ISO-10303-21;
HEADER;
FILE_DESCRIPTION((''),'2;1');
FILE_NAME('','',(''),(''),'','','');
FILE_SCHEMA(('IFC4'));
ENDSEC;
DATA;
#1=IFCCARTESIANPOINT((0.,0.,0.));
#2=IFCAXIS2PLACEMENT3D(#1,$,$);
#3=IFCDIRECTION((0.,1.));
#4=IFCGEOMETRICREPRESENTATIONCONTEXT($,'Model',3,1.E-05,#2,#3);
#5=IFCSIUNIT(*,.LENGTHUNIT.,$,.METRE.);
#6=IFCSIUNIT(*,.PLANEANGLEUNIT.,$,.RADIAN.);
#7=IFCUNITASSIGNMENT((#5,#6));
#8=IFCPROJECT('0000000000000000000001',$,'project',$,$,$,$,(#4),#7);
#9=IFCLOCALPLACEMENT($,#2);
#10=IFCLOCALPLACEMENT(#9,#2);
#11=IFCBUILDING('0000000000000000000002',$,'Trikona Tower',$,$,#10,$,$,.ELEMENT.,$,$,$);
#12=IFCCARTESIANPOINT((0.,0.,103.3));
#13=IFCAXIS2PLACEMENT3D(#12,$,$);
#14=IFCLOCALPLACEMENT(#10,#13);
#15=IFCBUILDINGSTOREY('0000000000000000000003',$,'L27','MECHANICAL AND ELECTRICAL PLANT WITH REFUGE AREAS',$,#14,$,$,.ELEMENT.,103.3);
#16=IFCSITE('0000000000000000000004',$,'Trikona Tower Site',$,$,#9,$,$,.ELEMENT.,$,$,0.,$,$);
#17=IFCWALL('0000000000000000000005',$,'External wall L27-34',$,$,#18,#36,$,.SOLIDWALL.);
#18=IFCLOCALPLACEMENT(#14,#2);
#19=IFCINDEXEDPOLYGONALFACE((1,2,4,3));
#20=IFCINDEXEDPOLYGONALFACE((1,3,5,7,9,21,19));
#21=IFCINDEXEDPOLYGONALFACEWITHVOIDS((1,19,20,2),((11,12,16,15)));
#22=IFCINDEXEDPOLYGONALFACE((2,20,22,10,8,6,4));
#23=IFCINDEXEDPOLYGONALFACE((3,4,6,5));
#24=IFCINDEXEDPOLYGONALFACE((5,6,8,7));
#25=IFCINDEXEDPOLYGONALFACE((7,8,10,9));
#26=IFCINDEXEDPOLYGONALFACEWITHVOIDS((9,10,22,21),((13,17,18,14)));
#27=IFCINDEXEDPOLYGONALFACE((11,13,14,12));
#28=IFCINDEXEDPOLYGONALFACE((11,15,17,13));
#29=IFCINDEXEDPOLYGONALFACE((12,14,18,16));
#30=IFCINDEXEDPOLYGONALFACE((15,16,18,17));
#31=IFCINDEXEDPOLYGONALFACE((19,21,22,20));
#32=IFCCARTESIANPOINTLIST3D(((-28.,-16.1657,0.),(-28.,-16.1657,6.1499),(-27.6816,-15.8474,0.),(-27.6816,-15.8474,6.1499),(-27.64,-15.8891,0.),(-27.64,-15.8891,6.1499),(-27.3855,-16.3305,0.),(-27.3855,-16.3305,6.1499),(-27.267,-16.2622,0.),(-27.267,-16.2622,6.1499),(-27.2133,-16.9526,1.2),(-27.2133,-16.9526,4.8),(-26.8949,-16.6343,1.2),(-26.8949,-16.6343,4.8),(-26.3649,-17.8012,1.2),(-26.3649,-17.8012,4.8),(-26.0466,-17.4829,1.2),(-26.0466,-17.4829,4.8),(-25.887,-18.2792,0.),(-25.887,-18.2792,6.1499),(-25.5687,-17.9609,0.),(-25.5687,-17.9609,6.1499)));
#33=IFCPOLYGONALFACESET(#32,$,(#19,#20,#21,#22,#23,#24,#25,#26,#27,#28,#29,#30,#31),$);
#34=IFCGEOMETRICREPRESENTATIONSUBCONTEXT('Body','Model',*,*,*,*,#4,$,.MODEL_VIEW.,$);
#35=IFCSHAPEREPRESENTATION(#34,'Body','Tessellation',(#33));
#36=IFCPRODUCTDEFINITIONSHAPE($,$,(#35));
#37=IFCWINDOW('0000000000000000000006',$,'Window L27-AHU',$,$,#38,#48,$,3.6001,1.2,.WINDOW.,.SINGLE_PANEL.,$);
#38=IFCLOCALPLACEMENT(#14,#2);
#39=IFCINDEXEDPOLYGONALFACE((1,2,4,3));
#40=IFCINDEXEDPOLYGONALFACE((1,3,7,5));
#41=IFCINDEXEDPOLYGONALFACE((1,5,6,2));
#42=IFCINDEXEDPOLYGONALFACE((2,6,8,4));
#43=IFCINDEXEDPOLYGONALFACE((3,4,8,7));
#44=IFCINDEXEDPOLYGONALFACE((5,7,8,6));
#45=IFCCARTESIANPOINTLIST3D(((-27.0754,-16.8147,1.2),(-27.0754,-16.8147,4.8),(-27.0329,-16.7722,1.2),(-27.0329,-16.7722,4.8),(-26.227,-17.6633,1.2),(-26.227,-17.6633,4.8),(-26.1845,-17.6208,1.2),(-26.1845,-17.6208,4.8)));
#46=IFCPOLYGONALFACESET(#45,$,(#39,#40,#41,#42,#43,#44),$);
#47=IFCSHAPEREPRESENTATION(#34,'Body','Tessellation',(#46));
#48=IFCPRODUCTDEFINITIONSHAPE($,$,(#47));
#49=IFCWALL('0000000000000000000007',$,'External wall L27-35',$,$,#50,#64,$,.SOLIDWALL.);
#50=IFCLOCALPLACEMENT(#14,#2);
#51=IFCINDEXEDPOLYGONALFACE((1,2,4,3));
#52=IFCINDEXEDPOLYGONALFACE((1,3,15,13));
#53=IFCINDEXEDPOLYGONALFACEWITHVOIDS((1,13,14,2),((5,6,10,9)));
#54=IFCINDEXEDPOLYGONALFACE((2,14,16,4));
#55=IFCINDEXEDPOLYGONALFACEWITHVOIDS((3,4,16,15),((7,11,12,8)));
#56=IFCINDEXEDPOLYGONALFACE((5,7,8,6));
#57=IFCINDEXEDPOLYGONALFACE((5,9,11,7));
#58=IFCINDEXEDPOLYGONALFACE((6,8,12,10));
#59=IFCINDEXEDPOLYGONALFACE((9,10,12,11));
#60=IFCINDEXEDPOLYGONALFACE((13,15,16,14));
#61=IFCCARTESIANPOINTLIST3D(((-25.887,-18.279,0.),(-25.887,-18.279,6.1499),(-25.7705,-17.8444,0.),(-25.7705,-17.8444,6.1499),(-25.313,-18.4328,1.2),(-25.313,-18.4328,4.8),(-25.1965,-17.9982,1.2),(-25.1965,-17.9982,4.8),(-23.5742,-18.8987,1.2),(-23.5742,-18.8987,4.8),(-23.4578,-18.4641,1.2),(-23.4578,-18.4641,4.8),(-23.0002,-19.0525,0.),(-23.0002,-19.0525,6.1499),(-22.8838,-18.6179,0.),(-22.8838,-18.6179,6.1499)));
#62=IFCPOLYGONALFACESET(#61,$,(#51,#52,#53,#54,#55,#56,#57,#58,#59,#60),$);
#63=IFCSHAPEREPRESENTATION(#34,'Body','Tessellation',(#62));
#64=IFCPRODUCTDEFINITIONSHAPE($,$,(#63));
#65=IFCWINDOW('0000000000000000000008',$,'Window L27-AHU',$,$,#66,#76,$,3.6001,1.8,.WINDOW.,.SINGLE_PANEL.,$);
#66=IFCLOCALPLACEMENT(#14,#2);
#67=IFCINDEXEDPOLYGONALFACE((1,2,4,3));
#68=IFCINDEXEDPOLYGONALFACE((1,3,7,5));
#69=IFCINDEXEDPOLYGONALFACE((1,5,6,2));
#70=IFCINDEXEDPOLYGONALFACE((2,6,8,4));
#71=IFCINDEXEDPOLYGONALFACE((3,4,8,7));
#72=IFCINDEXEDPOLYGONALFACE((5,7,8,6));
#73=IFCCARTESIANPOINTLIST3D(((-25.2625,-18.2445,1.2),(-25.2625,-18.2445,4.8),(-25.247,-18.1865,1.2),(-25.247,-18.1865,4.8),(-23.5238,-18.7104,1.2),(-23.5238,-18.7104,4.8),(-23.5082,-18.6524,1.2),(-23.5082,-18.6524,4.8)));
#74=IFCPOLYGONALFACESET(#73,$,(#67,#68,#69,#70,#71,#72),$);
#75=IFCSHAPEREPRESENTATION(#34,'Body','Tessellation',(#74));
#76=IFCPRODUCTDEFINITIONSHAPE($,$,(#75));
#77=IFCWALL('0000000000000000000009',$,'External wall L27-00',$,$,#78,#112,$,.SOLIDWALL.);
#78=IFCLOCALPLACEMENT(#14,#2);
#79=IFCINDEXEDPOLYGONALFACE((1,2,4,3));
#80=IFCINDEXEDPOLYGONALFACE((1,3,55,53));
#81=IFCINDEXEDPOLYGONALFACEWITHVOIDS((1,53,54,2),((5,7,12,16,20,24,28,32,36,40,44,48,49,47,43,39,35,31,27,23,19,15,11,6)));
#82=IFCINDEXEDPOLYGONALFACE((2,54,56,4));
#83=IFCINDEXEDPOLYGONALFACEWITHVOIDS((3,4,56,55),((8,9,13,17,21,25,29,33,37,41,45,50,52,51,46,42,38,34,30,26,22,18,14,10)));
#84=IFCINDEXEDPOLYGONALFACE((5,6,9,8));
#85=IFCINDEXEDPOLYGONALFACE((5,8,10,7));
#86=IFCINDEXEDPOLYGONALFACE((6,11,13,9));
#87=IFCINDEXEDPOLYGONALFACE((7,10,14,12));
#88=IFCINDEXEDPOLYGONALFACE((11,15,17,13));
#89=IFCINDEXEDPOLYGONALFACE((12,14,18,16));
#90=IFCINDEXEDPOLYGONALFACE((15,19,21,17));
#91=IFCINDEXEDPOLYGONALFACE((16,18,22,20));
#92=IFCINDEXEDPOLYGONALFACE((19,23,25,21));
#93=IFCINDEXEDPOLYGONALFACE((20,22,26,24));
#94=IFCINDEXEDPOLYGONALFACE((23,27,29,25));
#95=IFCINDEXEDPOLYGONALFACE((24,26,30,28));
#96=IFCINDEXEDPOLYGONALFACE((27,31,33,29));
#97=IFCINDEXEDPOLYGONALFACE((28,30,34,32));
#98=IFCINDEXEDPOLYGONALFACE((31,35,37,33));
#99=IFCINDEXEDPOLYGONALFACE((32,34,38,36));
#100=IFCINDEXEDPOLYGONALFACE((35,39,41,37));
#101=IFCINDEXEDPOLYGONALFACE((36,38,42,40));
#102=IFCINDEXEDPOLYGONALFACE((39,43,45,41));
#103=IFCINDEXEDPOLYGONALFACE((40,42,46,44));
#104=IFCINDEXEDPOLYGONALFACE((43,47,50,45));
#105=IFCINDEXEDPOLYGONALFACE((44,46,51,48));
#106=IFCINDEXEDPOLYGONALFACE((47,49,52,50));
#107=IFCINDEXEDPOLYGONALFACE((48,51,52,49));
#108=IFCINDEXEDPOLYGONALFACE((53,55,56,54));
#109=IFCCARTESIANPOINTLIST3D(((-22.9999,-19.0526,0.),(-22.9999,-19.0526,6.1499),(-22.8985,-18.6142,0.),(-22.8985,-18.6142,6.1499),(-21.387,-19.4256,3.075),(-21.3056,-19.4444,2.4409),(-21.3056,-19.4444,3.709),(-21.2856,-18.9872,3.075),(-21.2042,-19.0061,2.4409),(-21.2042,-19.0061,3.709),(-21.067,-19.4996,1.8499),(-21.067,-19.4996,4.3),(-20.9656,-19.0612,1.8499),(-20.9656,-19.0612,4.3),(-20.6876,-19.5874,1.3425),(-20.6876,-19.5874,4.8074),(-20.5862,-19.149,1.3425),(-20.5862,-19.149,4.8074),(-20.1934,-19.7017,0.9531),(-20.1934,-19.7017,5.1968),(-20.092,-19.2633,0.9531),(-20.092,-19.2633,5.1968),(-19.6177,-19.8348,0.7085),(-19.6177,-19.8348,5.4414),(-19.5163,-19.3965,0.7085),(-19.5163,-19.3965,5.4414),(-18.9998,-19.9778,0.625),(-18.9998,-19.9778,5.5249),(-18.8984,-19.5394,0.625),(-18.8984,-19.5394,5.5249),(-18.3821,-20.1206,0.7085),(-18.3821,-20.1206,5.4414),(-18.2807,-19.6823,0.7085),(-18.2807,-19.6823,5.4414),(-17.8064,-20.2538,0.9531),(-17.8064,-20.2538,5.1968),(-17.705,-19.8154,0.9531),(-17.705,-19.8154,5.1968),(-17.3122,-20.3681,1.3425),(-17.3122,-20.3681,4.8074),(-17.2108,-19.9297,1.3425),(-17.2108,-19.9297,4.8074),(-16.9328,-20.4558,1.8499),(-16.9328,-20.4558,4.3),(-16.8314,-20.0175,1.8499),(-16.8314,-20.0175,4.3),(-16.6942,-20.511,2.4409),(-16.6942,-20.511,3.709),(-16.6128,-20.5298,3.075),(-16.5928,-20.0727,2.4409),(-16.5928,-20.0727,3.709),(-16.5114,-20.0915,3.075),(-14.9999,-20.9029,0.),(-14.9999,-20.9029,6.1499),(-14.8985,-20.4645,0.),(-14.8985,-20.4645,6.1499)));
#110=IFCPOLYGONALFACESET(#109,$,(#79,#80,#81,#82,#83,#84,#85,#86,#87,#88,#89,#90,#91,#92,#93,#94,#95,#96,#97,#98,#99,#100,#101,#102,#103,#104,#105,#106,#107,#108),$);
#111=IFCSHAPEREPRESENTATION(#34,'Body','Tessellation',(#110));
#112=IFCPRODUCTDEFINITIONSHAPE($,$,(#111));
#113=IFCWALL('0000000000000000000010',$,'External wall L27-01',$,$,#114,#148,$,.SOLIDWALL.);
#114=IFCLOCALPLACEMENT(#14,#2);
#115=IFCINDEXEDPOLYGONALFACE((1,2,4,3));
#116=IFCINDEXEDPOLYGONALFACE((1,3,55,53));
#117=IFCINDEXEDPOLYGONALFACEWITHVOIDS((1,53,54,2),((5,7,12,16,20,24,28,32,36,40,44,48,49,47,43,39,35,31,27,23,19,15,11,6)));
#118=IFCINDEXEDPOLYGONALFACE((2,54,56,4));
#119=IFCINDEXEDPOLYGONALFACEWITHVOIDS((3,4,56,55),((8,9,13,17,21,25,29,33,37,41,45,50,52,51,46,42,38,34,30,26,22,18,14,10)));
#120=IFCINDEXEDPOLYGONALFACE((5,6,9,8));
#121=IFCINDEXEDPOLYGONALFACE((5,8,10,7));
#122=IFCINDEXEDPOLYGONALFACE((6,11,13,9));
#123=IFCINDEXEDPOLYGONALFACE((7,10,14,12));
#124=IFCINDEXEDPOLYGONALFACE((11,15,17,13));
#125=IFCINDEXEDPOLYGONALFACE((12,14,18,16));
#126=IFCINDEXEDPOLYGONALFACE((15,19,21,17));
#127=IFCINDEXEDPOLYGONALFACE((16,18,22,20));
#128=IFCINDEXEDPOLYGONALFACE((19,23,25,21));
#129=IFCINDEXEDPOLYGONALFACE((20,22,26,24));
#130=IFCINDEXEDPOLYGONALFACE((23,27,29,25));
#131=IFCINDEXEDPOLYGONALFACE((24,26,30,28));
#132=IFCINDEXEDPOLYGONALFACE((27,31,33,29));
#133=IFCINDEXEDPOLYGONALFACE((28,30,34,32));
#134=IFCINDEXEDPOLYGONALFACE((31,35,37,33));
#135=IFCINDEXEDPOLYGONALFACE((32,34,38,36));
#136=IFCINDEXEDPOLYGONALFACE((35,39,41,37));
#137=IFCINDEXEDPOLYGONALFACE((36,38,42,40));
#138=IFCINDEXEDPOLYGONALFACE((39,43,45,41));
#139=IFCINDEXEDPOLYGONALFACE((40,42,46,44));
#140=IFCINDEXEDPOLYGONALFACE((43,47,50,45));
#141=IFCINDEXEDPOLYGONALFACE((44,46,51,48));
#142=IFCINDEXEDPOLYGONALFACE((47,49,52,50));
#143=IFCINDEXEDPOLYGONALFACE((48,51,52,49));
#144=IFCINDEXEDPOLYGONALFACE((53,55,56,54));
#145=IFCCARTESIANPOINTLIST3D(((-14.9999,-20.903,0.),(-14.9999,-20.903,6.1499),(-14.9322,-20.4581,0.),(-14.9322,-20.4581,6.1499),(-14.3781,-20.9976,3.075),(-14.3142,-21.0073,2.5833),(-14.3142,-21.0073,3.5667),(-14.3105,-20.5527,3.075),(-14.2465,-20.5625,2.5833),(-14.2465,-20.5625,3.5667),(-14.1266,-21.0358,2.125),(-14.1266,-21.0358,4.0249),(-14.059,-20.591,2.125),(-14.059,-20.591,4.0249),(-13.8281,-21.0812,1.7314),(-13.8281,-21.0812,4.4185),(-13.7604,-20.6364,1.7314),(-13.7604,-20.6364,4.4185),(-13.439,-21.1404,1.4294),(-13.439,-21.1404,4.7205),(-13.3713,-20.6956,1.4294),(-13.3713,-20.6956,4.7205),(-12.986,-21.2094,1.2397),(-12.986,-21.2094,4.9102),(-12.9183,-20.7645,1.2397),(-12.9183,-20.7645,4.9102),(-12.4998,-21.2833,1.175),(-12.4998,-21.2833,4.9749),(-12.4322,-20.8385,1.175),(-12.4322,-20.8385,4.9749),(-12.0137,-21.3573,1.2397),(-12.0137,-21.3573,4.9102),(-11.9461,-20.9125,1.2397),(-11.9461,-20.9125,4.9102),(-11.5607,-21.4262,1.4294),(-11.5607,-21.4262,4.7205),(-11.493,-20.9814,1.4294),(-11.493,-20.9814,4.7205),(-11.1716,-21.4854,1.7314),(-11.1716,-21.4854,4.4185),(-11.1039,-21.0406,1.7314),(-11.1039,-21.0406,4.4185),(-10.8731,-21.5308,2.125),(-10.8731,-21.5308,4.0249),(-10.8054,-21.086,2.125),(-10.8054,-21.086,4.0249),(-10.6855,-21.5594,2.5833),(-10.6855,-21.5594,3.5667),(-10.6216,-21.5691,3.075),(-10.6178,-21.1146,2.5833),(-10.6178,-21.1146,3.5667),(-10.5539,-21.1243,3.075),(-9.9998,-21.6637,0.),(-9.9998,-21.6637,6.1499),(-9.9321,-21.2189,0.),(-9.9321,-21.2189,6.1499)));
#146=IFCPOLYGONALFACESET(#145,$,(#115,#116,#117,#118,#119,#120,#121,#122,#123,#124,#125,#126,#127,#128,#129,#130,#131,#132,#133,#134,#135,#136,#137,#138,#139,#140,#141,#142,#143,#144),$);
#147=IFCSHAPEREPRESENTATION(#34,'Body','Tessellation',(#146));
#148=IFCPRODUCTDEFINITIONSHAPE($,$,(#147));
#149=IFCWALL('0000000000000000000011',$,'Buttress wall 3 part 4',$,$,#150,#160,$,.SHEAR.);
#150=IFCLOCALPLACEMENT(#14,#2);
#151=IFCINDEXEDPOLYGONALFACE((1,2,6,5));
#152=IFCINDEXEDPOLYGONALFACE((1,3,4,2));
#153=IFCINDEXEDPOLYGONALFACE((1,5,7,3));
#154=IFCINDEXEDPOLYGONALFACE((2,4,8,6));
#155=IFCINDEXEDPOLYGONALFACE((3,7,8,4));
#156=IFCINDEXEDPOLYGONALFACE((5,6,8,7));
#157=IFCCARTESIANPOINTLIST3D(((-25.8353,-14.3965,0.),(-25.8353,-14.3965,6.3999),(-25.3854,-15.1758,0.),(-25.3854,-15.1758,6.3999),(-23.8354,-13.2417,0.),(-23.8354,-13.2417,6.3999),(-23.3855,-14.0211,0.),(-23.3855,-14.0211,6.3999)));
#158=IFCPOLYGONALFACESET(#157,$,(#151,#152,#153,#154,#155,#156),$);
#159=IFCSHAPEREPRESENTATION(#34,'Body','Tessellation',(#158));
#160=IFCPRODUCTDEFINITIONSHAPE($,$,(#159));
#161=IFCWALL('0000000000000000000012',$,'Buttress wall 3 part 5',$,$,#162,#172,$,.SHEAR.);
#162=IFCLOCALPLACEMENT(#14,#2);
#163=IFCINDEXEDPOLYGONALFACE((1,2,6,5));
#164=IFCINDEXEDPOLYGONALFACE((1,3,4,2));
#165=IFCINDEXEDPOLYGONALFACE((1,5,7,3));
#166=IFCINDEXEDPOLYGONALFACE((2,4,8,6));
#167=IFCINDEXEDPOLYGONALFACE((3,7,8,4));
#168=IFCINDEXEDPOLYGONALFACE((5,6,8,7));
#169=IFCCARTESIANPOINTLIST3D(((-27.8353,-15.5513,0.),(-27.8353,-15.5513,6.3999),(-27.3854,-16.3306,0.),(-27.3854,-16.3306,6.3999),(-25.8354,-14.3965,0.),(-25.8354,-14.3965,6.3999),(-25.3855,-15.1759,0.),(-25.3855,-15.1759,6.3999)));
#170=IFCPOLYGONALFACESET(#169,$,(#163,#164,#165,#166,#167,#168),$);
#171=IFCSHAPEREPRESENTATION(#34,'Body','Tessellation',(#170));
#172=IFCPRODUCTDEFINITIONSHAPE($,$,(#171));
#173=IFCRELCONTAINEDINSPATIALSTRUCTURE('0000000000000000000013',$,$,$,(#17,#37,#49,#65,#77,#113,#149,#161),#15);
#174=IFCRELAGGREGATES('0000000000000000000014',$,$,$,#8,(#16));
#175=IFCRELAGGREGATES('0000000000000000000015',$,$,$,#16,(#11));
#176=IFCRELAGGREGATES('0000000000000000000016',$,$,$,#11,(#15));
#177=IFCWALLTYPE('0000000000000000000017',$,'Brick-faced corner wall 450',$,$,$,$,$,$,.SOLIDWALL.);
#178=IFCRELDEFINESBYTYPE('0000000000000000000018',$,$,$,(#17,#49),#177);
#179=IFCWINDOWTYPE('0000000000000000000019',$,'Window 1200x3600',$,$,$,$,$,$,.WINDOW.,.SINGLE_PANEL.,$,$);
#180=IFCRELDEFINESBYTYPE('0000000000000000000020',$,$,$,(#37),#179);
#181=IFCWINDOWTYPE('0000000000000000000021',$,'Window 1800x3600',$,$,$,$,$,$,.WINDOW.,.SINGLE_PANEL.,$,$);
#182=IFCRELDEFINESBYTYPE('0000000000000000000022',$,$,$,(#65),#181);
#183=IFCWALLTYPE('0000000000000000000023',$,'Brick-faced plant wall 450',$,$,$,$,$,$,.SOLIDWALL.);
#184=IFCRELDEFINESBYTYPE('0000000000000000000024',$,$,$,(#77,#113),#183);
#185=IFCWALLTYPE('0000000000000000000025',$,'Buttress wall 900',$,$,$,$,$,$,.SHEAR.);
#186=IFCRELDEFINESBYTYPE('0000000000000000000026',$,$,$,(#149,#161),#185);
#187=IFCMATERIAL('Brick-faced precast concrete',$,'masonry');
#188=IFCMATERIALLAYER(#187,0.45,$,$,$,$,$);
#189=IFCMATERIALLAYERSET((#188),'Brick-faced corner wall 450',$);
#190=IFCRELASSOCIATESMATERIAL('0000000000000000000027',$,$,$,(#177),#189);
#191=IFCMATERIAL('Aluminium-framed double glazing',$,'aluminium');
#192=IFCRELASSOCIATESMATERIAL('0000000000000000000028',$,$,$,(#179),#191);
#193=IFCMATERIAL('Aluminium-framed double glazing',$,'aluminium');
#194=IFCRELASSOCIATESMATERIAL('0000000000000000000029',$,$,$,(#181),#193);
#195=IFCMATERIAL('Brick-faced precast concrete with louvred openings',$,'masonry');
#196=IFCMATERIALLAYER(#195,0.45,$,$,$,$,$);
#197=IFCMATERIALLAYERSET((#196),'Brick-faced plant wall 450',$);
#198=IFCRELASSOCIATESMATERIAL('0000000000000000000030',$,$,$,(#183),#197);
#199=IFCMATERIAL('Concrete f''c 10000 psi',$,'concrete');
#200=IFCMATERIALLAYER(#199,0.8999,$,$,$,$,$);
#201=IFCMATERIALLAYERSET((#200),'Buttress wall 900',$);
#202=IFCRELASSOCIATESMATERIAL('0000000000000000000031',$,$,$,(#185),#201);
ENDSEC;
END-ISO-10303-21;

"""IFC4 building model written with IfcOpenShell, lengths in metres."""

from ifc_helpers import new_model, si_unit, direction, frame, frame_2d, origin, place, context, subcontext, project, spatial, polyline, rectangle, outline, extrude, material, layer, layer_set, type_object, element, fill, save


model = new_model("IFC4")

# Units and contexts
model_context = context("Model", 3, precision=1e-05, world=origin(), true_north=direction((0.0, 1.0)))
body_context = subcontext(model_context, "Body", "Model", "MODEL_VIEW")
ifc_project = project(units=[si_unit("LENGTHUNIT", "METRE"), si_unit("PLANEANGLEUNIT", "RADIAN")], contexts=[model_context])

# Site, building, storey
site_placement = place(None, origin())
site = spatial("IfcSite", under=ifc_project, at=site_placement, Name="Trikona Tower Site", CompositionType="ELEMENT", RefElevation=0.0)
building_placement = place(site_placement, origin())
building = spatial("IfcBuilding", under=site, at=building_placement, Name="Trikona Tower", CompositionType="ELEMENT")
storey_placement = place(building_placement, frame((0.0, 0.0, 103.3)))
storey = spatial("IfcBuildingStorey", under=building, at=storey_placement, Name="L27", Description="MECHANICAL AND ELECTRICAL PLANT WITH REFUGE AREAS", CompositionType="ELEMENT", Elevation=103.3)

# Walls, openings, windows
ifc_material_1 = material(Name="Brick-faced precast concrete", Category="masonry")
ifc_layer_1 = layer(ifc_material_1, 0.45)
ifc_layer_set_1 = layer_set([ifc_layer_1], Name="Brick-faced corner wall 450")
wall_type_1 = type_object("IfcWallType", Name="Brick-faced corner wall 450", PredefinedType="SOLIDWALL", material=ifc_layer_set_1)
ifc_material_2 = material(Name="Aluminium-framed double glazing", Category="aluminium")
window_type_1 = type_object("IfcWindowType", Name="Window 1200x3600", PartitioningType="SINGLE_PANEL", PredefinedType="WINDOW", material=ifc_material_2)
wall_1_placement = place(storey_placement, frame((-27.8408, -16.0066, 0.0), z_axis=(0.0, 0.0, 1.0), x_axis=(0.707025, -0.707188, 0.0)))
wall_1 = element("IfcWall", 1, at=wall_1_placement, inside=storey, type_object=wall_type_1, Name="External wall L27-34", PredefinedType="SOLIDWALL", context=body_context, shape_type="SweptSolid", body=[
    extrude(outline(polyline([(2.9885, 0.2251), (0.5864, 0.2251), (0.551, 0.093), (0.0588, 0.2251), (0.0, 0.2251), (0.0, -0.2251), (2.9885, -0.2251), (2.9885, 0.2251)])), origin(), (0.0, 0.0, 1.0), 6.1499),
])
opening_1_placement = place(wall_1_placement, frame((1.1125, 0.0, 1.2)))
opening_1 = element("IfcOpeningElement", 2, at=opening_1_placement, cuts=wall_1, PredefinedType="OPENING", context=body_context, shape_type="SweptSolid", body=[
    extrude(rectangle(XDim=1.2, YDim=3.6001, at=frame_2d((0.6001, 1.8))), frame((0.0, 0.2349, 0.0), z_axis=(0.0, -1.0, 0.0), x_axis=(1.0, 0.0, 0.0)), (0.0, 0.0, 1.0), 0.47),
])
window_1_placement = place(opening_1_placement, origin())
window_1 = element("IfcWindow", 3, at=window_1_placement, inside=storey, type_object=window_type_1, Name="Window L27-AHU", OverallHeight=3.6001, OverallWidth=1.2, PartitioningType="SINGLE_PANEL", PredefinedType="WINDOW", context=body_context, shape_type="SweptSolid", body=[
    extrude(rectangle(XDim=1.2, YDim=3.6001, at=frame_2d((0.6001, 1.8))), frame((0.0, 0.03, 0.0), z_axis=(0.0, -1.0, 0.0), x_axis=(1.0, 0.0, 0.0)), (0.0, 0.0, 1.0), 0.0601),
])
fill(opening_1, window_1)
wall_2_placement = place(storey_placement, frame((-25.8286, -18.0618, 0.0), z_axis=(0.0, 0.0, 1.0), x_axis=(0.965931, -0.258801, 0.0)))
wall_2 = element("IfcWall", 4, at=wall_2_placement, inside=storey, type_object=wall_type_1, Name="External wall L27-35", PredefinedType="SOLIDWALL", context=body_context, shape_type="SweptSolid", body=[
    extrude(rectangle(XDim=2.9885, YDim=0.45, at=frame_2d((1.4941, 0.0))), origin(), (0.0, 0.0, 1.0), 6.1499),
])
opening_2_placement = place(wall_2_placement, frame((0.5942, 0.0, 1.2)))
opening_2 = element("IfcOpeningElement", 5, at=opening_2_placement, cuts=wall_2, PredefinedType="OPENING", context=body_context, shape_type="SweptSolid", body=[
    extrude(rectangle(XDim=1.8, YDim=3.6001, at=frame_2d((0.8999, 1.8))), frame((0.0, 0.2349, 0.0), z_axis=(0.0, -1.0, 0.0), x_axis=(1.0, 0.0, 0.0)), (0.0, 0.0, 1.0), 0.47),
])
ifc_material_3 = material(Name="Aluminium-framed double glazing", Category="aluminium")
window_type_2 = type_object("IfcWindowType", Name="Window 1800x3600", PartitioningType="SINGLE_PANEL", PredefinedType="WINDOW", material=ifc_material_3)
window_2_placement = place(opening_2_placement, origin())
window_2 = element("IfcWindow", 6, at=window_2_placement, inside=storey, type_object=window_type_2, Name="Window L27-AHU", OverallHeight=3.6001, OverallWidth=1.8, PartitioningType="SINGLE_PANEL", PredefinedType="WINDOW", context=body_context, shape_type="SweptSolid", body=[
    extrude(rectangle(XDim=1.8, YDim=3.6001, at=frame_2d((0.8999, 1.8))), frame((0.0, 0.03, 0.0), z_axis=(0.0, -1.0, 0.0), x_axis=(1.0, 0.0, 0.0)), (0.0, 0.0, 1.0), 0.0601),
])
fill(opening_2, window_2)

# Walls
ifc_material_4 = material(Name="Brick-faced precast concrete with louvred openings", Category="masonry")
ifc_layer_2 = layer(ifc_material_4, 0.45)
ifc_layer_set_2 = layer_set([ifc_layer_2], Name="Brick-faced plant wall 450")
wall_type_2 = type_object("IfcWallType", Name="Brick-faced plant wall 450", PredefinedType="SOLIDWALL", material=ifc_layer_set_2)
wall_3_placement = place(storey_placement, frame((-22.9492, -18.8335, 0.0), z_axis=(0.0, 0.0, 1.0), x_axis=(0.974279, -0.225344, 0.0)))
element("IfcWall", 7, at=wall_3_placement, inside=storey, type_object=wall_type_2, Name="External wall L27-00", PredefinedType="SOLIDWALL", context=body_context, shape_type="SweptSolid", body=[
    extrude(outline(polyline([(0.0, 0.0), (8.2112, 0.0), (8.2112, 6.1499), (0.0, 6.1499), (0.0, 0.0)]), holes=[polyline([(6.5557, 3.075), (6.4722, 3.709), (6.2273, 4.3), (5.8379, 4.8074), (5.3306, 5.1968), (4.7397, 5.4414), (4.1057, 5.5249), (3.4714, 5.4414), (2.8806, 5.1968), (2.3733, 4.8074), (1.9839, 4.3), (1.739, 3.709), (1.6555, 3.075), (1.739, 2.4409), (1.9839, 1.8499), (2.3733, 1.3425), (2.8806, 0.9531), (3.4714, 0.7085), (4.1057, 0.625), (4.7397, 0.7085), (5.3306, 0.9531), (5.8379, 1.3425), (6.2273, 1.8499), (6.4722, 2.4409), (6.5557, 3.075)])]), frame((0.0, 0.2251, 0.0), z_axis=(0.0, -1.0, 0.0), x_axis=(1.0, 0.0, 0.0)), (0.0, 0.0, 1.0), 0.45),
])
wall_4_placement = place(storey_placement, frame((-14.9661, -20.6807, 0.0), z_axis=(0.0, 0.0, 1.0), x_axis=(0.988623, -0.150417, 0.0)))
element("IfcWall", 8, at=wall_4_placement, inside=storey, type_object=wall_type_2, Name="External wall L27-01", PredefinedType="SOLIDWALL", context=body_context, shape_type="SweptSolid", body=[
    extrude(outline(polyline([(0.0, 0.0), (5.0576, 0.0), (5.0576, 6.1499), (0.0, 6.1499), (0.0, 0.0)]), holes=[polyline([(4.4287, 3.075), (4.364, 3.5667), (4.1743, 4.0249), (3.8723, 4.4185), (3.4788, 4.7205), (3.0205, 4.9102), (2.5288, 4.9749), (2.0371, 4.9102), (1.5789, 4.7205), (1.1853, 4.4185), (0.8833, 4.0249), (0.6936, 3.5667), (0.6289, 3.075), (0.6936, 2.5833), (0.8833, 2.125), (1.1853, 1.7314), (1.5789, 1.4294), (2.0371, 1.2397), (2.5288, 1.175), (3.0205, 1.2397), (3.4788, 1.4294), (3.8723, 1.7314), (4.1743, 2.125), (4.364, 2.5833), (4.4287, 3.075)])]), frame((0.0, 0.2251, 0.0), z_axis=(0.0, -1.0, 0.0), x_axis=(1.0, 0.0, 0.0)), (0.0, 0.0, 1.0), 0.45),
])
ifc_material_5 = material(Name="Concrete f'c 10000 psi", Category="concrete")
ifc_layer_3 = layer(ifc_material_5, 0.8999)
ifc_layer_set_3 = layer_set([ifc_layer_3], Name="Buttress wall 900")
wall_type_3 = type_object("IfcWallType", Name="Buttress wall 900", PredefinedType="SHEAR", material=ifc_layer_set_3)
for number, where, z_axis, x_axis, name in (
    (9, (-23.6104, -13.6313, 0.0), (0.0, 0.0, 1.0), (-0.86601, -0.500027, 0.0), "Buttress wall 3 part 4"),
    (10, (-25.6104, -14.7861, 0.0), (0.0, 0.0, 1.0), (-0.86601, -0.500027, 0.0), "Buttress wall 3 part 5"),
):
    element("IfcWall", number, at=place(storey_placement, frame(where, z_axis=z_axis, x_axis=x_axis)), inside=storey, type_object=wall_type_3, Name=name, PredefinedType="SHEAR", context=body_context, shape_type="SweptSolid", body=[
        extrude(rectangle(XDim=2.3093, YDim=0.8999, at=frame_2d((1.1548, 0.0))), origin(), (0.0, 0.0, 1.0), 6.3999),
    ])

save(model, "model.ifc")
